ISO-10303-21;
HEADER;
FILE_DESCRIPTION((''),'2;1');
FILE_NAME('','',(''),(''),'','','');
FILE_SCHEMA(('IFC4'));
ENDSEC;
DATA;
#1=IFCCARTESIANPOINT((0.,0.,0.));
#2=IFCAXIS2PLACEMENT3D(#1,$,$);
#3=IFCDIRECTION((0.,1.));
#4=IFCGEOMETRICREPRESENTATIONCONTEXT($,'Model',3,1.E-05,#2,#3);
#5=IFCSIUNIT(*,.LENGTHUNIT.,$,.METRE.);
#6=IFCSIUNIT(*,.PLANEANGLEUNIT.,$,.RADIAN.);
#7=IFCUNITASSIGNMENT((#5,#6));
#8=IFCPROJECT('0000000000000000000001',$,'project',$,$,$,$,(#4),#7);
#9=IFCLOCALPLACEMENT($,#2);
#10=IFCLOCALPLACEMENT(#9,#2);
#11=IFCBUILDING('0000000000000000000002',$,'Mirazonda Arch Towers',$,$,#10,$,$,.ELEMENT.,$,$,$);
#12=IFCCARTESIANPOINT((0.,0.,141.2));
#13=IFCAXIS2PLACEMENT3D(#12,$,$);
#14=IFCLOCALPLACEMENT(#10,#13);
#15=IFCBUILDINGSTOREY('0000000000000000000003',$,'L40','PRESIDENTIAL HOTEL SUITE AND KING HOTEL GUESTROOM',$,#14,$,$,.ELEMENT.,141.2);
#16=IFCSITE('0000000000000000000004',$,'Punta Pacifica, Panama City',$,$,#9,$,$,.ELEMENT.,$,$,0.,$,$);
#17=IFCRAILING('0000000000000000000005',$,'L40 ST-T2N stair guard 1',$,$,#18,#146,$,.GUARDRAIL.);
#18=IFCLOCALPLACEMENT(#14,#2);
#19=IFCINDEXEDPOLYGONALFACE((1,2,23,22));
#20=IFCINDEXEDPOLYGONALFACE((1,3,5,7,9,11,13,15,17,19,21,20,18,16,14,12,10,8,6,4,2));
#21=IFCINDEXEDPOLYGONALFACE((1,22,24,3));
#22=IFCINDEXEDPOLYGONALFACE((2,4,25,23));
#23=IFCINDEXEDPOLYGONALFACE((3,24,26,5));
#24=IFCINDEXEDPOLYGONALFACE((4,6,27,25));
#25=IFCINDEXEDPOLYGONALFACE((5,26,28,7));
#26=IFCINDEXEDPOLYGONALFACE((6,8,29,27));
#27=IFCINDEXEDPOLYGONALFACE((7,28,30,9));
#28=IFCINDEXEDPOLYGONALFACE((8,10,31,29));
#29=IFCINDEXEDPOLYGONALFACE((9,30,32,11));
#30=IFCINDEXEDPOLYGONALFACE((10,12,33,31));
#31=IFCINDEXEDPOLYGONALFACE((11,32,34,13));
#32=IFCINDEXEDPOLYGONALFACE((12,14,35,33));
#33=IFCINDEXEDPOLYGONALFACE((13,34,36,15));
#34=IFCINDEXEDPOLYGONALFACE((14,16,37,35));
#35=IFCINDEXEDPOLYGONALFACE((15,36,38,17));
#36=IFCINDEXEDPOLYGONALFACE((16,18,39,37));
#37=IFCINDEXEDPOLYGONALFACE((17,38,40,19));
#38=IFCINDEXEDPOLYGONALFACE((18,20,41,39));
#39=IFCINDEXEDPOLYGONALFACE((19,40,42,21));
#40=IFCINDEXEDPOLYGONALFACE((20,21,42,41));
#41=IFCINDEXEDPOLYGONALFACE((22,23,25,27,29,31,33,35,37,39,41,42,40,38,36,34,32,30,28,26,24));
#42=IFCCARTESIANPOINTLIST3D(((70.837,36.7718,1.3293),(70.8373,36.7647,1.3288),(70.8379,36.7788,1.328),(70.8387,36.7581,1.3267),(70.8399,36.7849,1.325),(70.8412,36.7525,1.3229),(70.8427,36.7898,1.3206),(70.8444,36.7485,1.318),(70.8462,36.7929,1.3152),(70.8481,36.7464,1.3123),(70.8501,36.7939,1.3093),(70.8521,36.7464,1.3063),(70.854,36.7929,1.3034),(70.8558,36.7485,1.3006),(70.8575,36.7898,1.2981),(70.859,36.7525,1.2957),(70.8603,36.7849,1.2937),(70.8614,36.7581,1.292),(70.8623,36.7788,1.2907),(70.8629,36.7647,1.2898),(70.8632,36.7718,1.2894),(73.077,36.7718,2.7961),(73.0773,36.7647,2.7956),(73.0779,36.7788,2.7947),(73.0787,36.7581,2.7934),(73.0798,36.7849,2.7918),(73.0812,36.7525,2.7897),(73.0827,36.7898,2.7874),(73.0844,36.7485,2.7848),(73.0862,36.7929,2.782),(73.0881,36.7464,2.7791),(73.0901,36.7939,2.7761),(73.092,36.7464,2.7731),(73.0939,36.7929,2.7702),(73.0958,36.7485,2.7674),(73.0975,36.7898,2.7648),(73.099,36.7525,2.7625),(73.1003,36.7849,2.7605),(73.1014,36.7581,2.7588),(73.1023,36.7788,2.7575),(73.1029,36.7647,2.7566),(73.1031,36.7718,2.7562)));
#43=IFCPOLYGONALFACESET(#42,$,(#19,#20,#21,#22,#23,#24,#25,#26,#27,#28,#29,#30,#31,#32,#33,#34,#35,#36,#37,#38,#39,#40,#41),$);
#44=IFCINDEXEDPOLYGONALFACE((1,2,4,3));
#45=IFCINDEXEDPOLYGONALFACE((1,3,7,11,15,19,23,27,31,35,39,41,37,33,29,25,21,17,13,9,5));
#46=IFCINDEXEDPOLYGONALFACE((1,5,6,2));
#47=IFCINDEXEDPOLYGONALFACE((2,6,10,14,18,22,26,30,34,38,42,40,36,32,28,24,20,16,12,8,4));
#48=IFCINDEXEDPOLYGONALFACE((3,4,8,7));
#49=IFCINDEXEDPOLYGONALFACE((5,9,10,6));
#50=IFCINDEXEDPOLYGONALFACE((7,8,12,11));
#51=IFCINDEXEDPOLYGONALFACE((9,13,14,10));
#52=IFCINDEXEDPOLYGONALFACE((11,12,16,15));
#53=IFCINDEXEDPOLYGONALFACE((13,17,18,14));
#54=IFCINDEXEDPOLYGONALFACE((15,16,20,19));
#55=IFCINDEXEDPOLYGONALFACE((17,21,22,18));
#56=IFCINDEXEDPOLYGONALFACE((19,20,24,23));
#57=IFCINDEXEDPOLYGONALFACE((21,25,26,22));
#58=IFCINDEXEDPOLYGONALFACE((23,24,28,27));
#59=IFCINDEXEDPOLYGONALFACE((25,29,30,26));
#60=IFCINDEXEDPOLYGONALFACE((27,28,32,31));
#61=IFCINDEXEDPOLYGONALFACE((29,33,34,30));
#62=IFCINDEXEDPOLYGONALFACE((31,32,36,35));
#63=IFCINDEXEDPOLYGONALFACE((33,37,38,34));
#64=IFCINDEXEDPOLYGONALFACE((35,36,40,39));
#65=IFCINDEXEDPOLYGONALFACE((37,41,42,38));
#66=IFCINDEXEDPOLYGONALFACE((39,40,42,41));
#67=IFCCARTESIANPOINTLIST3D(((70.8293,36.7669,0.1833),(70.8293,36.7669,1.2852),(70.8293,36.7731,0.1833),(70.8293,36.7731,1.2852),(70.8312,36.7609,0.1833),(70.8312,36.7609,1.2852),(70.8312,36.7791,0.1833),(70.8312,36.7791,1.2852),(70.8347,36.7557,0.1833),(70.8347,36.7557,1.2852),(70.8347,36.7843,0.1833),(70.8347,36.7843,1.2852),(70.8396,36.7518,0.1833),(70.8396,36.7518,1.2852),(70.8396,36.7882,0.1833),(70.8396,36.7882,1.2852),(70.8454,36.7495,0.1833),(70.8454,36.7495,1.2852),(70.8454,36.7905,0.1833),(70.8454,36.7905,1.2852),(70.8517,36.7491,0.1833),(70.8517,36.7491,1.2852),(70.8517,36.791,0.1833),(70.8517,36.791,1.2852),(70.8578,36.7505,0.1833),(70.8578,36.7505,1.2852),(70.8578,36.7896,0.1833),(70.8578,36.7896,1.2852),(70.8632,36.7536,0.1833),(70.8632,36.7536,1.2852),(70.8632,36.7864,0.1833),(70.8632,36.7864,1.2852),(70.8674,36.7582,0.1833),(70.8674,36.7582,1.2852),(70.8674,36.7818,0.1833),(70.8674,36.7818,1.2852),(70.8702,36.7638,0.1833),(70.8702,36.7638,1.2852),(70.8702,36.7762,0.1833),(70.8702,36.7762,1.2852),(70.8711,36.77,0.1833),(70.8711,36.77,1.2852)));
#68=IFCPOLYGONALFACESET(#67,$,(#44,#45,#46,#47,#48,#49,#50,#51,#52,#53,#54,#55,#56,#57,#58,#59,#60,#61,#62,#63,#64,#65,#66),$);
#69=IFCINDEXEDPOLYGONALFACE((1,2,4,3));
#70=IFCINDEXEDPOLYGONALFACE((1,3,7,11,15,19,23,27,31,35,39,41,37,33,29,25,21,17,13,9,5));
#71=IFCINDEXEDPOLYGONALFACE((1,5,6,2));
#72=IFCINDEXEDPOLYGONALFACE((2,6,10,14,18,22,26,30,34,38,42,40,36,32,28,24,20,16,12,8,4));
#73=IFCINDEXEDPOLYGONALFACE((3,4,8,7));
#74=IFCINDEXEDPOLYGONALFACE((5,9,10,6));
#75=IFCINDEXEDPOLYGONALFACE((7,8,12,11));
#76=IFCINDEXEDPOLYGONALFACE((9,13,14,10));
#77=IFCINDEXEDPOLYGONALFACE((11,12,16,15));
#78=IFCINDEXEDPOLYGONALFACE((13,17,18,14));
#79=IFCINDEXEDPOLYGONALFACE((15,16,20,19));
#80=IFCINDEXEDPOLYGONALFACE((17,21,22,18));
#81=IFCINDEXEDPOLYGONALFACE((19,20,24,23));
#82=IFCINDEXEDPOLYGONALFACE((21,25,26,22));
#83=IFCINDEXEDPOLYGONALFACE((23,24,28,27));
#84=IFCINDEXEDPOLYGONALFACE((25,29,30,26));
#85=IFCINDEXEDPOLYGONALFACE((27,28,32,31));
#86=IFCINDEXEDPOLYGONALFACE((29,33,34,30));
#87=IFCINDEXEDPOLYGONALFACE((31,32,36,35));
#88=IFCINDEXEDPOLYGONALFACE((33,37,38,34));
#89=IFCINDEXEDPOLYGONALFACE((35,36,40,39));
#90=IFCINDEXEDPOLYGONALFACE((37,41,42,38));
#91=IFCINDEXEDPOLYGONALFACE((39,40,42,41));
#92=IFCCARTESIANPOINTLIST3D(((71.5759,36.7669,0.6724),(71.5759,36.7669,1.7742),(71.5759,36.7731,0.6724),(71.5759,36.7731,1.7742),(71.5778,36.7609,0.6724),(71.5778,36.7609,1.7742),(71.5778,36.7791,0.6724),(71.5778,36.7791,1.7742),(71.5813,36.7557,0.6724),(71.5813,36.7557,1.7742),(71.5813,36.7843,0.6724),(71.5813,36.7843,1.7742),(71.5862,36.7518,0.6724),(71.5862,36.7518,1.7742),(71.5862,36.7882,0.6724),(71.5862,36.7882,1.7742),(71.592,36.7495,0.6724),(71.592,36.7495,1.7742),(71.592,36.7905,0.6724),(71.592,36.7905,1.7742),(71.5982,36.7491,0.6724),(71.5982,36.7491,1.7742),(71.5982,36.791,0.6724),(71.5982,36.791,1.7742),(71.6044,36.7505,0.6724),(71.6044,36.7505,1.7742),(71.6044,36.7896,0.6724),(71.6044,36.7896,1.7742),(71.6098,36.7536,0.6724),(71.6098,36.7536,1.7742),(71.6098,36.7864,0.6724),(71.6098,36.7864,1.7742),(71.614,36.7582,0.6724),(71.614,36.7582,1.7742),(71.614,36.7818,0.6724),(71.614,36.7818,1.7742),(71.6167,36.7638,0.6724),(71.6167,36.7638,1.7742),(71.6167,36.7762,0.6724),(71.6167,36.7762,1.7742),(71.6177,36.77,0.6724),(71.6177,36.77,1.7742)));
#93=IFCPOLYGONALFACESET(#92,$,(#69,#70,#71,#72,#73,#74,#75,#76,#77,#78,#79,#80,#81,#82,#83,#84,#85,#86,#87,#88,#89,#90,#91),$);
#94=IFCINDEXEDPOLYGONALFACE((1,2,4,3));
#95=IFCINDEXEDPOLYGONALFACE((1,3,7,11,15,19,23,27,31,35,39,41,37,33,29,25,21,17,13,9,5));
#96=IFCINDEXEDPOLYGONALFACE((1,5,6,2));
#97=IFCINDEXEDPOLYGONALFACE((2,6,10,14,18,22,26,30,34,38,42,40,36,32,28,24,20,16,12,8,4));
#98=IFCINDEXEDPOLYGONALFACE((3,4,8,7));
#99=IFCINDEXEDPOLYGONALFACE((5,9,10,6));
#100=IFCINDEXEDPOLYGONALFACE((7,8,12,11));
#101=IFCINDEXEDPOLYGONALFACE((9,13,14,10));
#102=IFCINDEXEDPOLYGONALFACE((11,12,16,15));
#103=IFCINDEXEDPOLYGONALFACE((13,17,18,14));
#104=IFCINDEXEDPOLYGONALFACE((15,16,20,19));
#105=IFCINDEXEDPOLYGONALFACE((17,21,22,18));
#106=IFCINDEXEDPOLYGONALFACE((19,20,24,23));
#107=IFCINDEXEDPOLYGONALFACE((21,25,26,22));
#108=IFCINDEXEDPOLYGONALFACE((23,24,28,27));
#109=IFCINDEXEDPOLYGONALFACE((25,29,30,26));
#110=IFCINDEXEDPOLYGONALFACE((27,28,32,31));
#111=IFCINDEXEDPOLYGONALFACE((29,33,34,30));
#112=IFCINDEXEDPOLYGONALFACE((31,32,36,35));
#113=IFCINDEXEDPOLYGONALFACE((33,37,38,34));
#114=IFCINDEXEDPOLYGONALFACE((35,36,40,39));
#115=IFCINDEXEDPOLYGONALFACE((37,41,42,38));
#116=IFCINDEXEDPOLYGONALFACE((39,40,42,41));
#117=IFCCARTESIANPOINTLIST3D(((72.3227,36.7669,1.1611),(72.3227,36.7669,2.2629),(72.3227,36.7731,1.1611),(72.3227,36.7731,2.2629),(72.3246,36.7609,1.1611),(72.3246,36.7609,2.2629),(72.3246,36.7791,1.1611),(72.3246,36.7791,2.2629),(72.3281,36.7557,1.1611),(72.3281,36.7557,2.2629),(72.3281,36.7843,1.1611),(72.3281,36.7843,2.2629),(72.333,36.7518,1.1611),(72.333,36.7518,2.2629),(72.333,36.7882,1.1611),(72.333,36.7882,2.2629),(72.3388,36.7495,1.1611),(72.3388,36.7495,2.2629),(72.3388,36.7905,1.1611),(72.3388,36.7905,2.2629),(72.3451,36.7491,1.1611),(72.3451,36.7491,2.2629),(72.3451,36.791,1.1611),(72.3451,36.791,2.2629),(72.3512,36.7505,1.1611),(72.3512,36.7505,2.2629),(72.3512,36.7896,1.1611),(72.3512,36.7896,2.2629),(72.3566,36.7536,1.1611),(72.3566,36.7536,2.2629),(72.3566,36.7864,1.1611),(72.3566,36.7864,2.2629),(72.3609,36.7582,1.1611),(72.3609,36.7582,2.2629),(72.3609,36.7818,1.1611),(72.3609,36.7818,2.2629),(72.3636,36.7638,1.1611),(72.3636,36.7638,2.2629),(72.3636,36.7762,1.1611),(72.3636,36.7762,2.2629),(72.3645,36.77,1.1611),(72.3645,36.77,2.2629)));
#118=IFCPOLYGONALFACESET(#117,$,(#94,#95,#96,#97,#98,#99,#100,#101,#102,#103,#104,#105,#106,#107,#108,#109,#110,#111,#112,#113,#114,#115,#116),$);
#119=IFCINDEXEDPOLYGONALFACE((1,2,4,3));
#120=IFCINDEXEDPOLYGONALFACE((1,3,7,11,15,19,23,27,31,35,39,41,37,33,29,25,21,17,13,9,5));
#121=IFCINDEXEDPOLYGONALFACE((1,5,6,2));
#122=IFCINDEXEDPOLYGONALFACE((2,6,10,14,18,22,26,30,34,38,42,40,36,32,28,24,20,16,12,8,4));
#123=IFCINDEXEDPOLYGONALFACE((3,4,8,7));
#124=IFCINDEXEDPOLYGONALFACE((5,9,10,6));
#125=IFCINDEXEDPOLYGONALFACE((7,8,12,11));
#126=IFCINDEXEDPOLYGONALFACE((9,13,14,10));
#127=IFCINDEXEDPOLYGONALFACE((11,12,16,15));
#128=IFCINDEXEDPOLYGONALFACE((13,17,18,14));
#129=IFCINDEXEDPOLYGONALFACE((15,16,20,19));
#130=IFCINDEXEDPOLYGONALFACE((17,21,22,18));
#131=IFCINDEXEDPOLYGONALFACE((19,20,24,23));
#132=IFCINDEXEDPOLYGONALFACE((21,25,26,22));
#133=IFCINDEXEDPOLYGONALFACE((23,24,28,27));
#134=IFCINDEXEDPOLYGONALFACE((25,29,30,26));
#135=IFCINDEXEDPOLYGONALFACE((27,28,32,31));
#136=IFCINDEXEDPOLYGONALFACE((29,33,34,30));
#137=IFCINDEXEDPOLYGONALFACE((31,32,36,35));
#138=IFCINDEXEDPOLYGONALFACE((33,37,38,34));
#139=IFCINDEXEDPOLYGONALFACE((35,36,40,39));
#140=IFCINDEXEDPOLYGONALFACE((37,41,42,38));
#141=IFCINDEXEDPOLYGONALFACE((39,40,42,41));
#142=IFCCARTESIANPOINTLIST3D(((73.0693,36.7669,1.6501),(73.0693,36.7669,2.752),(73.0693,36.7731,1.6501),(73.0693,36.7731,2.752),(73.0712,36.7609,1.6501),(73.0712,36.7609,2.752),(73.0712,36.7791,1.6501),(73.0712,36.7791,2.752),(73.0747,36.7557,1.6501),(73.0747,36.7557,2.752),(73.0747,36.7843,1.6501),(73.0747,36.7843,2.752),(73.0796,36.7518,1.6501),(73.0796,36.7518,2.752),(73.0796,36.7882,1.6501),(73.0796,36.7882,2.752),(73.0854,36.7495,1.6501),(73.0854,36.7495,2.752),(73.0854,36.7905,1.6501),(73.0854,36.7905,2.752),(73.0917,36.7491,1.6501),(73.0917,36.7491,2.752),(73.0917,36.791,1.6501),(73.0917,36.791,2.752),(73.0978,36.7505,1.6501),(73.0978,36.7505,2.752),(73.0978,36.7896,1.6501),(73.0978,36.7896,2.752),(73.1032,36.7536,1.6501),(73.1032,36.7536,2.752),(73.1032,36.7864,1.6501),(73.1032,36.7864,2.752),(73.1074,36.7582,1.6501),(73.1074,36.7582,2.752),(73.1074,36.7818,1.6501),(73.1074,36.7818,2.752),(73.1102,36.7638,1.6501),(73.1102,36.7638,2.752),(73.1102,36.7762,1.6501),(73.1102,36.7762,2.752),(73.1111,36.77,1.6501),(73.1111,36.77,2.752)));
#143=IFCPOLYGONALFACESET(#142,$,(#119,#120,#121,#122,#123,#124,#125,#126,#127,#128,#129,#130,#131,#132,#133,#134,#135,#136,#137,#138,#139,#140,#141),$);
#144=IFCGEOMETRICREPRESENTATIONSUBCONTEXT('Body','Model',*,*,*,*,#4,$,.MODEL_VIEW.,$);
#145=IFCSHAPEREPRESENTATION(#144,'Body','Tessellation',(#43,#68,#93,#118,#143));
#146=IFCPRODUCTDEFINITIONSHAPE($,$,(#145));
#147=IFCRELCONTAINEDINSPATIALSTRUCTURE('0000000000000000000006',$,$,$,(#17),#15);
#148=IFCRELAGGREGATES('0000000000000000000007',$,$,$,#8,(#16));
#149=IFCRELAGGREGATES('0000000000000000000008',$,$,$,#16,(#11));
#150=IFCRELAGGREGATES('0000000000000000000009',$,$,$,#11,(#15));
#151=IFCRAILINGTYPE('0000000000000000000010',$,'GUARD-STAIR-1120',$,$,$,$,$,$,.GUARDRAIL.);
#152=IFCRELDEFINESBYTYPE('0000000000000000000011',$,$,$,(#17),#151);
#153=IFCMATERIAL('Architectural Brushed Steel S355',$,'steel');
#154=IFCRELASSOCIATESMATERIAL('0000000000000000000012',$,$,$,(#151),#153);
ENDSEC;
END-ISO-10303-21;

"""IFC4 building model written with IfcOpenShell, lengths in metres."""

from ifc_helpers import new_model, si_unit, direction, frame, origin, origin_2d, place, context, subcontext, project, spatial, circle, extrude, material, type_object, element, save


model = new_model("IFC4")

# Units and contexts
model_context = context("Model", 3, precision=1e-05, world=origin(), true_north=direction((0.0, 1.0)))
body_context = subcontext(model_context, "Body", "Model", "MODEL_VIEW")
ifc_project = project(units=[si_unit("LENGTHUNIT", "METRE"), si_unit("PLANEANGLEUNIT", "RADIAN")], contexts=[model_context])

# Site, building, storey
site_placement = place(None, origin())
site = spatial("IfcSite", under=ifc_project, at=site_placement, Name="Punta Pacifica, Panama City", CompositionType="ELEMENT", RefElevation=0.0)
building_placement = place(site_placement, origin())
building = spatial("IfcBuilding", under=site, at=building_placement, Name="Mirazonda Arch Towers", CompositionType="ELEMENT")
storey_placement = place(building_placement, frame((0.0, 0.0, 141.2)))
storey = spatial("IfcBuildingStorey", under=building, at=storey_placement, Name="L40", Description="PRESIDENTIAL HOTEL SUITE AND KING HOTEL GUESTROOM", CompositionType="ELEMENT", Elevation=141.2)

# Railing
ifc_material_1 = material(Name="Architectural Brushed Steel S355", Category="steel")
railing_type_1 = type_object("IfcRailingType", Name="GUARD-STAIR-1120", PredefinedType="GUARDRAIL", material=ifc_material_1)
railing_1_placement = place(storey_placement, frame((70.8501, 36.77, 0.1833)))
element("IfcRailing", 1, at=railing_1_placement, inside=storey, type_object=railing_type_1, Name="L40 ST-T2N stair guard 1", PredefinedType="GUARDRAIL", context=body_context, shape_type="SweptSolid", body=[
    extrude(circle(Radius=0.0239, at=origin_2d()), frame((0.0, 0.0, 1.126), z_axis=(0.836595, 0.0, 0.547822), x_axis=(0.0, 1.0, 0.0)), (0.0, 0.0, 1.0), 2.6775),
    extrude(circle(Radius=0.021, at=origin_2d()), origin(), (0.0, 0.0, 1.0), 1.1018),
    extrude(circle(Radius=0.021, at=origin_2d()), frame((0.7466, 0.0, 0.489)), (0.0, 0.0, 1.0), 1.1018),
    extrude(circle(Radius=0.021, at=origin_2d()), frame((1.4934, 0.0, 0.9778)), (0.0, 0.0, 1.0), 1.1018),
    extrude(circle(Radius=0.021, at=origin_2d()), frame((2.24, 0.0, 1.4668)), (0.0, 0.0, 1.0), 1.1018),
])

save(model, "model.ifc")
